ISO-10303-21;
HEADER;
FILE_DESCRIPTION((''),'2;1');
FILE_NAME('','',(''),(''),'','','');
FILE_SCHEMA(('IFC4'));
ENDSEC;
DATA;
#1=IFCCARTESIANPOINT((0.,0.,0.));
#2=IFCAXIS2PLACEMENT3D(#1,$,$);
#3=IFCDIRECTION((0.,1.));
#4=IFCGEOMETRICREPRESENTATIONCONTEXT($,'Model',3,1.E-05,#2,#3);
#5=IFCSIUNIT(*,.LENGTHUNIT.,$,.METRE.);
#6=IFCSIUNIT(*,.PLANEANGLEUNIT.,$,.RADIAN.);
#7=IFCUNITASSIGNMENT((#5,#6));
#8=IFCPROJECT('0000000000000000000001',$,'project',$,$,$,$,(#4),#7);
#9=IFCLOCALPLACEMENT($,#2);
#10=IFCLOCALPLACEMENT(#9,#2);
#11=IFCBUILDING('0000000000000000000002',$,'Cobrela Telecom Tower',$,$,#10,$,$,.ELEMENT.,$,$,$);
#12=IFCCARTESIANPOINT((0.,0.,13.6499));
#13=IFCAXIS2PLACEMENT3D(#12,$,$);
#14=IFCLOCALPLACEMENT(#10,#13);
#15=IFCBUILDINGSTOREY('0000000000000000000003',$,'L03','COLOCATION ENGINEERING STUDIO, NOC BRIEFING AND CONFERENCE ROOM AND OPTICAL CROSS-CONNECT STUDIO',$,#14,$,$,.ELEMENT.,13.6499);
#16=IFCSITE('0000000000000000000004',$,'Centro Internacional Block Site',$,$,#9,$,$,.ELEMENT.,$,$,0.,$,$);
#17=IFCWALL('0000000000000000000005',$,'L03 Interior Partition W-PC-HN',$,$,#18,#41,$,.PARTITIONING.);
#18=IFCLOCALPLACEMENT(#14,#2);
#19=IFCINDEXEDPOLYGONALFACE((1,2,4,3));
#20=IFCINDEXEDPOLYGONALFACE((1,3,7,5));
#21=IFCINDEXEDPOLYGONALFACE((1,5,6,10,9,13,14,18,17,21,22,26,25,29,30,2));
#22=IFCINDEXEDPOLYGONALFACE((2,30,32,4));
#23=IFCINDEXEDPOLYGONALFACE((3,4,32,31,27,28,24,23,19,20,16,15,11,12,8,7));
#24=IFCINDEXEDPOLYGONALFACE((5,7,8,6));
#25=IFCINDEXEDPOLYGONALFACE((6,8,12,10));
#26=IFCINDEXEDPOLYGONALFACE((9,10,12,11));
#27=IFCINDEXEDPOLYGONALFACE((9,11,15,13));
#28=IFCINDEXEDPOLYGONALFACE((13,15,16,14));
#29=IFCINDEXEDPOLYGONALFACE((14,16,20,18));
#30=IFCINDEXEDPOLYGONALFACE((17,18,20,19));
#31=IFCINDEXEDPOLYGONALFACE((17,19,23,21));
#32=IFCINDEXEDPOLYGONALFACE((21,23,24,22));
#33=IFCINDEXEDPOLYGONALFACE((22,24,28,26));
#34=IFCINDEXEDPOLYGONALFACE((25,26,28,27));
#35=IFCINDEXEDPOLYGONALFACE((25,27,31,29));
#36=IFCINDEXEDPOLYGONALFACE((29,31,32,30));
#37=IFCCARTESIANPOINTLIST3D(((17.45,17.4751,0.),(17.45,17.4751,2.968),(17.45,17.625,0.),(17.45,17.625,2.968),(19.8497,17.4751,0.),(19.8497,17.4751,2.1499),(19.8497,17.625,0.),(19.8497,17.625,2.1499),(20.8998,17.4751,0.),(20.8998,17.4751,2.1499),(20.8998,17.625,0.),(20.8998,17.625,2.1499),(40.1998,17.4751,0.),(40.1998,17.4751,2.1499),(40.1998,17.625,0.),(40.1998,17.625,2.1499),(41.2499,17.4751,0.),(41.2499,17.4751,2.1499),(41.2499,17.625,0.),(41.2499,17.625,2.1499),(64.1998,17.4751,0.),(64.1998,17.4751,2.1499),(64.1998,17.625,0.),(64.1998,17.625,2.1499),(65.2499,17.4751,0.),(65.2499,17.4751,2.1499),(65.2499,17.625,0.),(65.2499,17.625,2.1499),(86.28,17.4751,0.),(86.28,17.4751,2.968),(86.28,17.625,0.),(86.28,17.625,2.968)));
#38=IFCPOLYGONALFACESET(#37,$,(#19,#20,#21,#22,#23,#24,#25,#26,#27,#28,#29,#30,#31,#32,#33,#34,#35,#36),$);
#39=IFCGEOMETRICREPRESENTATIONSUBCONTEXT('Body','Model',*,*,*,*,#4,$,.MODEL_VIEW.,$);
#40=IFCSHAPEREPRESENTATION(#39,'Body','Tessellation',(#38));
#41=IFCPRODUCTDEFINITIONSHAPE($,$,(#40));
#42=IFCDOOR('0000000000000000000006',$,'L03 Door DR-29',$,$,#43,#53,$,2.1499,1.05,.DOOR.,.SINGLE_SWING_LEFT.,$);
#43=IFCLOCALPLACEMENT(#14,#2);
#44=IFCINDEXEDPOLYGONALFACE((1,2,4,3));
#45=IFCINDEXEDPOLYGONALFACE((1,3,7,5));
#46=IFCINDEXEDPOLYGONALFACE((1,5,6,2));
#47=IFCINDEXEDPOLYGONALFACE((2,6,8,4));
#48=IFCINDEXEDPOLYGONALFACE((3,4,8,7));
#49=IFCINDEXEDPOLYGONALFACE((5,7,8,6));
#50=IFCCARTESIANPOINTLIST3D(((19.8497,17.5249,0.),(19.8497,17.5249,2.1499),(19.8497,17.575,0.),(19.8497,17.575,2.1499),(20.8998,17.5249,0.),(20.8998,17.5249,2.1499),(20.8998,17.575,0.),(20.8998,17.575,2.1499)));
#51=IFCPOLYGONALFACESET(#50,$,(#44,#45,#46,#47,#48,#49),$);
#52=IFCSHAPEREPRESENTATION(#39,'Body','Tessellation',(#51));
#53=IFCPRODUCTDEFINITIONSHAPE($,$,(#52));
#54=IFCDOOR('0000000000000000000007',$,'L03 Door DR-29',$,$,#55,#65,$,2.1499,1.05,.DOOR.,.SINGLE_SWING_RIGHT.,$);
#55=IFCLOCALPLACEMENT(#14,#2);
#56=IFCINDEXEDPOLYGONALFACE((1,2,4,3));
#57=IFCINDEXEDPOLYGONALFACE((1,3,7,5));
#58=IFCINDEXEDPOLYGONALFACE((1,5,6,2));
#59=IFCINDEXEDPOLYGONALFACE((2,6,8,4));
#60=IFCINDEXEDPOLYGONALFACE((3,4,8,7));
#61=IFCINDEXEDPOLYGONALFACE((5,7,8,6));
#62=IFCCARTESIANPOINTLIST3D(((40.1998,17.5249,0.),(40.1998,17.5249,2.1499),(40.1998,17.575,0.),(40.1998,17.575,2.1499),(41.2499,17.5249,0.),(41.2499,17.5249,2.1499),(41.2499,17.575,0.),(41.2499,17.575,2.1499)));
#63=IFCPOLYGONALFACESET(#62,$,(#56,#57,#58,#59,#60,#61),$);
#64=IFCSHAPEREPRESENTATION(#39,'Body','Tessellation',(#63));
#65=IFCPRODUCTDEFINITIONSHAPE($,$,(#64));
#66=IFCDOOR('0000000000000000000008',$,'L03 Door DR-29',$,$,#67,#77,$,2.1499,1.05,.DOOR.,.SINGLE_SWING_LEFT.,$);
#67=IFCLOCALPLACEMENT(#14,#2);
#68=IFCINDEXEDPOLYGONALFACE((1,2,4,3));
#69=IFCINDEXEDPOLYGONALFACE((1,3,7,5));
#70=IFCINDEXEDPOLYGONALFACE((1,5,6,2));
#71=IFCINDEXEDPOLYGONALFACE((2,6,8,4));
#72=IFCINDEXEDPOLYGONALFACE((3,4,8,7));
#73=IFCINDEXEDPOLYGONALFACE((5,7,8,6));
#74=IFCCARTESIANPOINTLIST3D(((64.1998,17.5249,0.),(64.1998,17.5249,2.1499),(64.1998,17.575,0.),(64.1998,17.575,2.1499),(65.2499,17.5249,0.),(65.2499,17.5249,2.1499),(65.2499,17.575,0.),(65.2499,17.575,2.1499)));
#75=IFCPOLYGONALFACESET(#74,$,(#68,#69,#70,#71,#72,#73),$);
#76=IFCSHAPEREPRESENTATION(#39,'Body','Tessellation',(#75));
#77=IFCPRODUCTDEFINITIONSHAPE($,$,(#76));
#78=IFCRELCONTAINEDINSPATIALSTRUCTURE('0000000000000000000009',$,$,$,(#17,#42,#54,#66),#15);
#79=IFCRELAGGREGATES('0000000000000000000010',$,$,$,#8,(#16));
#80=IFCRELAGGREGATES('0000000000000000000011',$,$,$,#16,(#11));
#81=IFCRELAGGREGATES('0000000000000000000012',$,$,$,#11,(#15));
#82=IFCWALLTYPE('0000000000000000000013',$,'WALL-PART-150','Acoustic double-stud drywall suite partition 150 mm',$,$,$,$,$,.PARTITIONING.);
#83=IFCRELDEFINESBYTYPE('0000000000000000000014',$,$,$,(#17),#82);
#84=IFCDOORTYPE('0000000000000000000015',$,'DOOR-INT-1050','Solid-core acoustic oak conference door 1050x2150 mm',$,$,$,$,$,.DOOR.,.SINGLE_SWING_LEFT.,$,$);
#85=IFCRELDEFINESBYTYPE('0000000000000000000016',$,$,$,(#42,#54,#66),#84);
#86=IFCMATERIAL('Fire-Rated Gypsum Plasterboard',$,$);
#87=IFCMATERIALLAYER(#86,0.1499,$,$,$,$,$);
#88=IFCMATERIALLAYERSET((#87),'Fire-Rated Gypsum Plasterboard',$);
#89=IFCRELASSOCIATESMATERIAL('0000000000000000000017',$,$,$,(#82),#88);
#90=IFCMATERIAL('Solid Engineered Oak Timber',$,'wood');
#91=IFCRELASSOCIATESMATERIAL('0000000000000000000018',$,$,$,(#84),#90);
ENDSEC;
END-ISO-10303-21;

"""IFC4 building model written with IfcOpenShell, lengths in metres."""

from ifc_helpers import new_model, si_unit, direction, frame, frame_2d, origin, place, context, subcontext, project, spatial, rectangle, extrude, material, layer, layer_set, type_object, element, fill, save


model = new_model("IFC4")

# Units and contexts
model_context = context("Model", 3, precision=1e-05, world=origin(), true_north=direction((0.0, 1.0)))
body_context = subcontext(model_context, "Body", "Model", "MODEL_VIEW")
ifc_project = project(units=[si_unit("LENGTHUNIT", "METRE"), si_unit("PLANEANGLEUNIT", "RADIAN")], contexts=[model_context])

# Site, building, storey
site_placement = place(None, origin())
site = spatial("IfcSite", under=ifc_project, at=site_placement, Name="Centro Internacional Block Site", CompositionType="ELEMENT", RefElevation=0.0)
building_placement = place(site_placement, origin())
building = spatial("IfcBuilding", under=site, at=building_placement, Name="Cobrela Telecom Tower", CompositionType="ELEMENT")
storey_placement = place(building_placement, frame((0.0, 0.0, 13.6499)))
storey = spatial("IfcBuildingStorey", under=building, at=storey_placement, Name="L03", Description="COLOCATION ENGINEERING STUDIO, NOC BRIEFING AND CONFERENCE ROOM AND OPTICAL CROSS-CONNECT STUDIO", CompositionType="ELEMENT", Elevation=13.6499)

# Shared definitions
ifc_material_1 = material(Name="Fire-Rated Gypsum Plasterboard")
ifc_layer = layer(ifc_material_1, 0.1499)
ifc_layer_set = layer_set([ifc_layer], Name="Fire-Rated Gypsum Plasterboard")
wall_type = type_object("IfcWallType", Name="WALL-PART-150", Description="Acoustic double-stud drywall suite partition 150 mm", PredefinedType="PARTITIONING", material=ifc_layer_set)
ifc_material_2 = material(Name="Solid Engineered Oak Timber", Category="wood")

# Wall, openings, doors
door_type_1 = type_object("IfcDoorType", Name="DOOR-INT-1050", Description="Solid-core acoustic oak conference door 1050x2150 mm", OperationType="SINGLE_SWING_LEFT", PredefinedType="DOOR", material=ifc_material_2)
wall_1_placement = place(storey_placement, frame((17.45, 17.55, 0.0), z_axis=(0.0, 0.0, 1.0), x_axis=(1.0, 0.0, 0.0)))
wall_1 = element("IfcWall", 1, at=wall_1_placement, inside=storey, type_object=wall_type, Name="L03 Interior Partition W-PC-HN", PredefinedType="PARTITIONING", context=body_context, shape_type="SweptSolid", body=[
    extrude(rectangle(XDim=68.8301, YDim=0.1499, at=frame_2d((34.415, 0.0))), origin(), (0.0, 0.0, 1.0), 2.968),
])
opening_1_placement = place(wall_1_placement, frame((2.3999, 0.0, 0.0)))
opening_1 = element("IfcOpeningElement", 2, at=opening_1_placement, cuts=wall_1, PredefinedType="OPENING", context=body_context, shape_type="SweptSolid", body=[
    extrude(rectangle(XDim=1.05, YDim=2.1499, at=frame_2d((0.5249, 1.075))), frame((0.0, 0.0869, 0.0), z_axis=(0.0, -1.0, 0.0), x_axis=(1.0, 0.0, 0.0)), (0.0, 0.0, 1.0), 0.1738),
])
opening_2_placement = place(wall_1_placement, frame((22.75, 0.0, 0.0)))
opening_2 = element("IfcOpeningElement", 3, at=opening_2_placement, cuts=wall_1, PredefinedType="OPENING", context=body_context, shape_type="SweptSolid", body=[
    extrude(rectangle(XDim=1.05, YDim=2.1499, at=frame_2d((0.5249, 1.075))), frame((0.0, 0.0869, 0.0), z_axis=(0.0, -1.0, 0.0), x_axis=(1.0, 0.0, 0.0)), (0.0, 0.0, 1.0), 0.1738),
])
opening_3_placement = place(wall_1_placement, frame((46.75, 0.0, 0.0)))
opening_3 = element("IfcOpeningElement", 4, at=opening_3_placement, cuts=wall_1, PredefinedType="OPENING", context=body_context, shape_type="SweptSolid", body=[
    extrude(rectangle(XDim=1.05, YDim=2.1499, at=frame_2d((0.5249, 1.075))), frame((0.0, 0.0869, 0.0), z_axis=(0.0, -1.0, 0.0), x_axis=(1.0, 0.0, 0.0)), (0.0, 0.0, 1.0), 0.1738),
])
door_1_placement = place(opening_1_placement, origin())
door_1 = element("IfcDoor", 5, at=door_1_placement, inside=storey, type_object=door_type_1, Name="L03 Door DR-29", OperationType="SINGLE_SWING_LEFT", OverallHeight=2.1499, OverallWidth=1.05, PredefinedType="DOOR", context=body_context, shape_type="SweptSolid", body=[
    extrude(rectangle(XDim=1.05, YDim=2.1499, at=frame_2d((0.5249, 1.075))), frame((0.0, 0.0249, 0.0), z_axis=(0.0, -1.0, 0.0), x_axis=(1.0, 0.0, 0.0)), (0.0, 0.0, 1.0), 0.05),
])
fill(opening_1, door_1)
door_2_placement = place(opening_2_placement, origin())
door_2 = element("IfcDoor", 6, at=door_2_placement, inside=storey, type_object=door_type_1, Name="L03 Door DR-29", OperationType="SINGLE_SWING_RIGHT", OverallHeight=2.1499, OverallWidth=1.05, PredefinedType="DOOR", context=body_context, shape_type="SweptSolid", body=[
    extrude(rectangle(XDim=1.05, YDim=2.1499, at=frame_2d((0.5249, 1.075))), frame((0.0, 0.0249, 0.0), z_axis=(0.0, -1.0, 0.0), x_axis=(1.0, 0.0, 0.0)), (0.0, 0.0, 1.0), 0.05),
])
fill(opening_2, door_2)
door_3_placement = place(opening_3_placement, origin())
door_3 = element("IfcDoor", 7, at=door_3_placement, inside=storey, type_object=door_type_1, Name="L03 Door DR-29", OperationType="SINGLE_SWING_LEFT", OverallHeight=2.1499, OverallWidth=1.05, PredefinedType="DOOR", context=body_context, shape_type="SweptSolid", body=[
    extrude(rectangle(XDim=1.05, YDim=2.1499, at=frame_2d((0.5249, 1.075))), frame((0.0, 0.0249, 0.0), z_axis=(0.0, -1.0, 0.0), x_axis=(1.0, 0.0, 0.0)), (0.0, 0.0, 1.0), 0.05),
])
fill(opening_3, door_3)

save(model, "model.ifc")
